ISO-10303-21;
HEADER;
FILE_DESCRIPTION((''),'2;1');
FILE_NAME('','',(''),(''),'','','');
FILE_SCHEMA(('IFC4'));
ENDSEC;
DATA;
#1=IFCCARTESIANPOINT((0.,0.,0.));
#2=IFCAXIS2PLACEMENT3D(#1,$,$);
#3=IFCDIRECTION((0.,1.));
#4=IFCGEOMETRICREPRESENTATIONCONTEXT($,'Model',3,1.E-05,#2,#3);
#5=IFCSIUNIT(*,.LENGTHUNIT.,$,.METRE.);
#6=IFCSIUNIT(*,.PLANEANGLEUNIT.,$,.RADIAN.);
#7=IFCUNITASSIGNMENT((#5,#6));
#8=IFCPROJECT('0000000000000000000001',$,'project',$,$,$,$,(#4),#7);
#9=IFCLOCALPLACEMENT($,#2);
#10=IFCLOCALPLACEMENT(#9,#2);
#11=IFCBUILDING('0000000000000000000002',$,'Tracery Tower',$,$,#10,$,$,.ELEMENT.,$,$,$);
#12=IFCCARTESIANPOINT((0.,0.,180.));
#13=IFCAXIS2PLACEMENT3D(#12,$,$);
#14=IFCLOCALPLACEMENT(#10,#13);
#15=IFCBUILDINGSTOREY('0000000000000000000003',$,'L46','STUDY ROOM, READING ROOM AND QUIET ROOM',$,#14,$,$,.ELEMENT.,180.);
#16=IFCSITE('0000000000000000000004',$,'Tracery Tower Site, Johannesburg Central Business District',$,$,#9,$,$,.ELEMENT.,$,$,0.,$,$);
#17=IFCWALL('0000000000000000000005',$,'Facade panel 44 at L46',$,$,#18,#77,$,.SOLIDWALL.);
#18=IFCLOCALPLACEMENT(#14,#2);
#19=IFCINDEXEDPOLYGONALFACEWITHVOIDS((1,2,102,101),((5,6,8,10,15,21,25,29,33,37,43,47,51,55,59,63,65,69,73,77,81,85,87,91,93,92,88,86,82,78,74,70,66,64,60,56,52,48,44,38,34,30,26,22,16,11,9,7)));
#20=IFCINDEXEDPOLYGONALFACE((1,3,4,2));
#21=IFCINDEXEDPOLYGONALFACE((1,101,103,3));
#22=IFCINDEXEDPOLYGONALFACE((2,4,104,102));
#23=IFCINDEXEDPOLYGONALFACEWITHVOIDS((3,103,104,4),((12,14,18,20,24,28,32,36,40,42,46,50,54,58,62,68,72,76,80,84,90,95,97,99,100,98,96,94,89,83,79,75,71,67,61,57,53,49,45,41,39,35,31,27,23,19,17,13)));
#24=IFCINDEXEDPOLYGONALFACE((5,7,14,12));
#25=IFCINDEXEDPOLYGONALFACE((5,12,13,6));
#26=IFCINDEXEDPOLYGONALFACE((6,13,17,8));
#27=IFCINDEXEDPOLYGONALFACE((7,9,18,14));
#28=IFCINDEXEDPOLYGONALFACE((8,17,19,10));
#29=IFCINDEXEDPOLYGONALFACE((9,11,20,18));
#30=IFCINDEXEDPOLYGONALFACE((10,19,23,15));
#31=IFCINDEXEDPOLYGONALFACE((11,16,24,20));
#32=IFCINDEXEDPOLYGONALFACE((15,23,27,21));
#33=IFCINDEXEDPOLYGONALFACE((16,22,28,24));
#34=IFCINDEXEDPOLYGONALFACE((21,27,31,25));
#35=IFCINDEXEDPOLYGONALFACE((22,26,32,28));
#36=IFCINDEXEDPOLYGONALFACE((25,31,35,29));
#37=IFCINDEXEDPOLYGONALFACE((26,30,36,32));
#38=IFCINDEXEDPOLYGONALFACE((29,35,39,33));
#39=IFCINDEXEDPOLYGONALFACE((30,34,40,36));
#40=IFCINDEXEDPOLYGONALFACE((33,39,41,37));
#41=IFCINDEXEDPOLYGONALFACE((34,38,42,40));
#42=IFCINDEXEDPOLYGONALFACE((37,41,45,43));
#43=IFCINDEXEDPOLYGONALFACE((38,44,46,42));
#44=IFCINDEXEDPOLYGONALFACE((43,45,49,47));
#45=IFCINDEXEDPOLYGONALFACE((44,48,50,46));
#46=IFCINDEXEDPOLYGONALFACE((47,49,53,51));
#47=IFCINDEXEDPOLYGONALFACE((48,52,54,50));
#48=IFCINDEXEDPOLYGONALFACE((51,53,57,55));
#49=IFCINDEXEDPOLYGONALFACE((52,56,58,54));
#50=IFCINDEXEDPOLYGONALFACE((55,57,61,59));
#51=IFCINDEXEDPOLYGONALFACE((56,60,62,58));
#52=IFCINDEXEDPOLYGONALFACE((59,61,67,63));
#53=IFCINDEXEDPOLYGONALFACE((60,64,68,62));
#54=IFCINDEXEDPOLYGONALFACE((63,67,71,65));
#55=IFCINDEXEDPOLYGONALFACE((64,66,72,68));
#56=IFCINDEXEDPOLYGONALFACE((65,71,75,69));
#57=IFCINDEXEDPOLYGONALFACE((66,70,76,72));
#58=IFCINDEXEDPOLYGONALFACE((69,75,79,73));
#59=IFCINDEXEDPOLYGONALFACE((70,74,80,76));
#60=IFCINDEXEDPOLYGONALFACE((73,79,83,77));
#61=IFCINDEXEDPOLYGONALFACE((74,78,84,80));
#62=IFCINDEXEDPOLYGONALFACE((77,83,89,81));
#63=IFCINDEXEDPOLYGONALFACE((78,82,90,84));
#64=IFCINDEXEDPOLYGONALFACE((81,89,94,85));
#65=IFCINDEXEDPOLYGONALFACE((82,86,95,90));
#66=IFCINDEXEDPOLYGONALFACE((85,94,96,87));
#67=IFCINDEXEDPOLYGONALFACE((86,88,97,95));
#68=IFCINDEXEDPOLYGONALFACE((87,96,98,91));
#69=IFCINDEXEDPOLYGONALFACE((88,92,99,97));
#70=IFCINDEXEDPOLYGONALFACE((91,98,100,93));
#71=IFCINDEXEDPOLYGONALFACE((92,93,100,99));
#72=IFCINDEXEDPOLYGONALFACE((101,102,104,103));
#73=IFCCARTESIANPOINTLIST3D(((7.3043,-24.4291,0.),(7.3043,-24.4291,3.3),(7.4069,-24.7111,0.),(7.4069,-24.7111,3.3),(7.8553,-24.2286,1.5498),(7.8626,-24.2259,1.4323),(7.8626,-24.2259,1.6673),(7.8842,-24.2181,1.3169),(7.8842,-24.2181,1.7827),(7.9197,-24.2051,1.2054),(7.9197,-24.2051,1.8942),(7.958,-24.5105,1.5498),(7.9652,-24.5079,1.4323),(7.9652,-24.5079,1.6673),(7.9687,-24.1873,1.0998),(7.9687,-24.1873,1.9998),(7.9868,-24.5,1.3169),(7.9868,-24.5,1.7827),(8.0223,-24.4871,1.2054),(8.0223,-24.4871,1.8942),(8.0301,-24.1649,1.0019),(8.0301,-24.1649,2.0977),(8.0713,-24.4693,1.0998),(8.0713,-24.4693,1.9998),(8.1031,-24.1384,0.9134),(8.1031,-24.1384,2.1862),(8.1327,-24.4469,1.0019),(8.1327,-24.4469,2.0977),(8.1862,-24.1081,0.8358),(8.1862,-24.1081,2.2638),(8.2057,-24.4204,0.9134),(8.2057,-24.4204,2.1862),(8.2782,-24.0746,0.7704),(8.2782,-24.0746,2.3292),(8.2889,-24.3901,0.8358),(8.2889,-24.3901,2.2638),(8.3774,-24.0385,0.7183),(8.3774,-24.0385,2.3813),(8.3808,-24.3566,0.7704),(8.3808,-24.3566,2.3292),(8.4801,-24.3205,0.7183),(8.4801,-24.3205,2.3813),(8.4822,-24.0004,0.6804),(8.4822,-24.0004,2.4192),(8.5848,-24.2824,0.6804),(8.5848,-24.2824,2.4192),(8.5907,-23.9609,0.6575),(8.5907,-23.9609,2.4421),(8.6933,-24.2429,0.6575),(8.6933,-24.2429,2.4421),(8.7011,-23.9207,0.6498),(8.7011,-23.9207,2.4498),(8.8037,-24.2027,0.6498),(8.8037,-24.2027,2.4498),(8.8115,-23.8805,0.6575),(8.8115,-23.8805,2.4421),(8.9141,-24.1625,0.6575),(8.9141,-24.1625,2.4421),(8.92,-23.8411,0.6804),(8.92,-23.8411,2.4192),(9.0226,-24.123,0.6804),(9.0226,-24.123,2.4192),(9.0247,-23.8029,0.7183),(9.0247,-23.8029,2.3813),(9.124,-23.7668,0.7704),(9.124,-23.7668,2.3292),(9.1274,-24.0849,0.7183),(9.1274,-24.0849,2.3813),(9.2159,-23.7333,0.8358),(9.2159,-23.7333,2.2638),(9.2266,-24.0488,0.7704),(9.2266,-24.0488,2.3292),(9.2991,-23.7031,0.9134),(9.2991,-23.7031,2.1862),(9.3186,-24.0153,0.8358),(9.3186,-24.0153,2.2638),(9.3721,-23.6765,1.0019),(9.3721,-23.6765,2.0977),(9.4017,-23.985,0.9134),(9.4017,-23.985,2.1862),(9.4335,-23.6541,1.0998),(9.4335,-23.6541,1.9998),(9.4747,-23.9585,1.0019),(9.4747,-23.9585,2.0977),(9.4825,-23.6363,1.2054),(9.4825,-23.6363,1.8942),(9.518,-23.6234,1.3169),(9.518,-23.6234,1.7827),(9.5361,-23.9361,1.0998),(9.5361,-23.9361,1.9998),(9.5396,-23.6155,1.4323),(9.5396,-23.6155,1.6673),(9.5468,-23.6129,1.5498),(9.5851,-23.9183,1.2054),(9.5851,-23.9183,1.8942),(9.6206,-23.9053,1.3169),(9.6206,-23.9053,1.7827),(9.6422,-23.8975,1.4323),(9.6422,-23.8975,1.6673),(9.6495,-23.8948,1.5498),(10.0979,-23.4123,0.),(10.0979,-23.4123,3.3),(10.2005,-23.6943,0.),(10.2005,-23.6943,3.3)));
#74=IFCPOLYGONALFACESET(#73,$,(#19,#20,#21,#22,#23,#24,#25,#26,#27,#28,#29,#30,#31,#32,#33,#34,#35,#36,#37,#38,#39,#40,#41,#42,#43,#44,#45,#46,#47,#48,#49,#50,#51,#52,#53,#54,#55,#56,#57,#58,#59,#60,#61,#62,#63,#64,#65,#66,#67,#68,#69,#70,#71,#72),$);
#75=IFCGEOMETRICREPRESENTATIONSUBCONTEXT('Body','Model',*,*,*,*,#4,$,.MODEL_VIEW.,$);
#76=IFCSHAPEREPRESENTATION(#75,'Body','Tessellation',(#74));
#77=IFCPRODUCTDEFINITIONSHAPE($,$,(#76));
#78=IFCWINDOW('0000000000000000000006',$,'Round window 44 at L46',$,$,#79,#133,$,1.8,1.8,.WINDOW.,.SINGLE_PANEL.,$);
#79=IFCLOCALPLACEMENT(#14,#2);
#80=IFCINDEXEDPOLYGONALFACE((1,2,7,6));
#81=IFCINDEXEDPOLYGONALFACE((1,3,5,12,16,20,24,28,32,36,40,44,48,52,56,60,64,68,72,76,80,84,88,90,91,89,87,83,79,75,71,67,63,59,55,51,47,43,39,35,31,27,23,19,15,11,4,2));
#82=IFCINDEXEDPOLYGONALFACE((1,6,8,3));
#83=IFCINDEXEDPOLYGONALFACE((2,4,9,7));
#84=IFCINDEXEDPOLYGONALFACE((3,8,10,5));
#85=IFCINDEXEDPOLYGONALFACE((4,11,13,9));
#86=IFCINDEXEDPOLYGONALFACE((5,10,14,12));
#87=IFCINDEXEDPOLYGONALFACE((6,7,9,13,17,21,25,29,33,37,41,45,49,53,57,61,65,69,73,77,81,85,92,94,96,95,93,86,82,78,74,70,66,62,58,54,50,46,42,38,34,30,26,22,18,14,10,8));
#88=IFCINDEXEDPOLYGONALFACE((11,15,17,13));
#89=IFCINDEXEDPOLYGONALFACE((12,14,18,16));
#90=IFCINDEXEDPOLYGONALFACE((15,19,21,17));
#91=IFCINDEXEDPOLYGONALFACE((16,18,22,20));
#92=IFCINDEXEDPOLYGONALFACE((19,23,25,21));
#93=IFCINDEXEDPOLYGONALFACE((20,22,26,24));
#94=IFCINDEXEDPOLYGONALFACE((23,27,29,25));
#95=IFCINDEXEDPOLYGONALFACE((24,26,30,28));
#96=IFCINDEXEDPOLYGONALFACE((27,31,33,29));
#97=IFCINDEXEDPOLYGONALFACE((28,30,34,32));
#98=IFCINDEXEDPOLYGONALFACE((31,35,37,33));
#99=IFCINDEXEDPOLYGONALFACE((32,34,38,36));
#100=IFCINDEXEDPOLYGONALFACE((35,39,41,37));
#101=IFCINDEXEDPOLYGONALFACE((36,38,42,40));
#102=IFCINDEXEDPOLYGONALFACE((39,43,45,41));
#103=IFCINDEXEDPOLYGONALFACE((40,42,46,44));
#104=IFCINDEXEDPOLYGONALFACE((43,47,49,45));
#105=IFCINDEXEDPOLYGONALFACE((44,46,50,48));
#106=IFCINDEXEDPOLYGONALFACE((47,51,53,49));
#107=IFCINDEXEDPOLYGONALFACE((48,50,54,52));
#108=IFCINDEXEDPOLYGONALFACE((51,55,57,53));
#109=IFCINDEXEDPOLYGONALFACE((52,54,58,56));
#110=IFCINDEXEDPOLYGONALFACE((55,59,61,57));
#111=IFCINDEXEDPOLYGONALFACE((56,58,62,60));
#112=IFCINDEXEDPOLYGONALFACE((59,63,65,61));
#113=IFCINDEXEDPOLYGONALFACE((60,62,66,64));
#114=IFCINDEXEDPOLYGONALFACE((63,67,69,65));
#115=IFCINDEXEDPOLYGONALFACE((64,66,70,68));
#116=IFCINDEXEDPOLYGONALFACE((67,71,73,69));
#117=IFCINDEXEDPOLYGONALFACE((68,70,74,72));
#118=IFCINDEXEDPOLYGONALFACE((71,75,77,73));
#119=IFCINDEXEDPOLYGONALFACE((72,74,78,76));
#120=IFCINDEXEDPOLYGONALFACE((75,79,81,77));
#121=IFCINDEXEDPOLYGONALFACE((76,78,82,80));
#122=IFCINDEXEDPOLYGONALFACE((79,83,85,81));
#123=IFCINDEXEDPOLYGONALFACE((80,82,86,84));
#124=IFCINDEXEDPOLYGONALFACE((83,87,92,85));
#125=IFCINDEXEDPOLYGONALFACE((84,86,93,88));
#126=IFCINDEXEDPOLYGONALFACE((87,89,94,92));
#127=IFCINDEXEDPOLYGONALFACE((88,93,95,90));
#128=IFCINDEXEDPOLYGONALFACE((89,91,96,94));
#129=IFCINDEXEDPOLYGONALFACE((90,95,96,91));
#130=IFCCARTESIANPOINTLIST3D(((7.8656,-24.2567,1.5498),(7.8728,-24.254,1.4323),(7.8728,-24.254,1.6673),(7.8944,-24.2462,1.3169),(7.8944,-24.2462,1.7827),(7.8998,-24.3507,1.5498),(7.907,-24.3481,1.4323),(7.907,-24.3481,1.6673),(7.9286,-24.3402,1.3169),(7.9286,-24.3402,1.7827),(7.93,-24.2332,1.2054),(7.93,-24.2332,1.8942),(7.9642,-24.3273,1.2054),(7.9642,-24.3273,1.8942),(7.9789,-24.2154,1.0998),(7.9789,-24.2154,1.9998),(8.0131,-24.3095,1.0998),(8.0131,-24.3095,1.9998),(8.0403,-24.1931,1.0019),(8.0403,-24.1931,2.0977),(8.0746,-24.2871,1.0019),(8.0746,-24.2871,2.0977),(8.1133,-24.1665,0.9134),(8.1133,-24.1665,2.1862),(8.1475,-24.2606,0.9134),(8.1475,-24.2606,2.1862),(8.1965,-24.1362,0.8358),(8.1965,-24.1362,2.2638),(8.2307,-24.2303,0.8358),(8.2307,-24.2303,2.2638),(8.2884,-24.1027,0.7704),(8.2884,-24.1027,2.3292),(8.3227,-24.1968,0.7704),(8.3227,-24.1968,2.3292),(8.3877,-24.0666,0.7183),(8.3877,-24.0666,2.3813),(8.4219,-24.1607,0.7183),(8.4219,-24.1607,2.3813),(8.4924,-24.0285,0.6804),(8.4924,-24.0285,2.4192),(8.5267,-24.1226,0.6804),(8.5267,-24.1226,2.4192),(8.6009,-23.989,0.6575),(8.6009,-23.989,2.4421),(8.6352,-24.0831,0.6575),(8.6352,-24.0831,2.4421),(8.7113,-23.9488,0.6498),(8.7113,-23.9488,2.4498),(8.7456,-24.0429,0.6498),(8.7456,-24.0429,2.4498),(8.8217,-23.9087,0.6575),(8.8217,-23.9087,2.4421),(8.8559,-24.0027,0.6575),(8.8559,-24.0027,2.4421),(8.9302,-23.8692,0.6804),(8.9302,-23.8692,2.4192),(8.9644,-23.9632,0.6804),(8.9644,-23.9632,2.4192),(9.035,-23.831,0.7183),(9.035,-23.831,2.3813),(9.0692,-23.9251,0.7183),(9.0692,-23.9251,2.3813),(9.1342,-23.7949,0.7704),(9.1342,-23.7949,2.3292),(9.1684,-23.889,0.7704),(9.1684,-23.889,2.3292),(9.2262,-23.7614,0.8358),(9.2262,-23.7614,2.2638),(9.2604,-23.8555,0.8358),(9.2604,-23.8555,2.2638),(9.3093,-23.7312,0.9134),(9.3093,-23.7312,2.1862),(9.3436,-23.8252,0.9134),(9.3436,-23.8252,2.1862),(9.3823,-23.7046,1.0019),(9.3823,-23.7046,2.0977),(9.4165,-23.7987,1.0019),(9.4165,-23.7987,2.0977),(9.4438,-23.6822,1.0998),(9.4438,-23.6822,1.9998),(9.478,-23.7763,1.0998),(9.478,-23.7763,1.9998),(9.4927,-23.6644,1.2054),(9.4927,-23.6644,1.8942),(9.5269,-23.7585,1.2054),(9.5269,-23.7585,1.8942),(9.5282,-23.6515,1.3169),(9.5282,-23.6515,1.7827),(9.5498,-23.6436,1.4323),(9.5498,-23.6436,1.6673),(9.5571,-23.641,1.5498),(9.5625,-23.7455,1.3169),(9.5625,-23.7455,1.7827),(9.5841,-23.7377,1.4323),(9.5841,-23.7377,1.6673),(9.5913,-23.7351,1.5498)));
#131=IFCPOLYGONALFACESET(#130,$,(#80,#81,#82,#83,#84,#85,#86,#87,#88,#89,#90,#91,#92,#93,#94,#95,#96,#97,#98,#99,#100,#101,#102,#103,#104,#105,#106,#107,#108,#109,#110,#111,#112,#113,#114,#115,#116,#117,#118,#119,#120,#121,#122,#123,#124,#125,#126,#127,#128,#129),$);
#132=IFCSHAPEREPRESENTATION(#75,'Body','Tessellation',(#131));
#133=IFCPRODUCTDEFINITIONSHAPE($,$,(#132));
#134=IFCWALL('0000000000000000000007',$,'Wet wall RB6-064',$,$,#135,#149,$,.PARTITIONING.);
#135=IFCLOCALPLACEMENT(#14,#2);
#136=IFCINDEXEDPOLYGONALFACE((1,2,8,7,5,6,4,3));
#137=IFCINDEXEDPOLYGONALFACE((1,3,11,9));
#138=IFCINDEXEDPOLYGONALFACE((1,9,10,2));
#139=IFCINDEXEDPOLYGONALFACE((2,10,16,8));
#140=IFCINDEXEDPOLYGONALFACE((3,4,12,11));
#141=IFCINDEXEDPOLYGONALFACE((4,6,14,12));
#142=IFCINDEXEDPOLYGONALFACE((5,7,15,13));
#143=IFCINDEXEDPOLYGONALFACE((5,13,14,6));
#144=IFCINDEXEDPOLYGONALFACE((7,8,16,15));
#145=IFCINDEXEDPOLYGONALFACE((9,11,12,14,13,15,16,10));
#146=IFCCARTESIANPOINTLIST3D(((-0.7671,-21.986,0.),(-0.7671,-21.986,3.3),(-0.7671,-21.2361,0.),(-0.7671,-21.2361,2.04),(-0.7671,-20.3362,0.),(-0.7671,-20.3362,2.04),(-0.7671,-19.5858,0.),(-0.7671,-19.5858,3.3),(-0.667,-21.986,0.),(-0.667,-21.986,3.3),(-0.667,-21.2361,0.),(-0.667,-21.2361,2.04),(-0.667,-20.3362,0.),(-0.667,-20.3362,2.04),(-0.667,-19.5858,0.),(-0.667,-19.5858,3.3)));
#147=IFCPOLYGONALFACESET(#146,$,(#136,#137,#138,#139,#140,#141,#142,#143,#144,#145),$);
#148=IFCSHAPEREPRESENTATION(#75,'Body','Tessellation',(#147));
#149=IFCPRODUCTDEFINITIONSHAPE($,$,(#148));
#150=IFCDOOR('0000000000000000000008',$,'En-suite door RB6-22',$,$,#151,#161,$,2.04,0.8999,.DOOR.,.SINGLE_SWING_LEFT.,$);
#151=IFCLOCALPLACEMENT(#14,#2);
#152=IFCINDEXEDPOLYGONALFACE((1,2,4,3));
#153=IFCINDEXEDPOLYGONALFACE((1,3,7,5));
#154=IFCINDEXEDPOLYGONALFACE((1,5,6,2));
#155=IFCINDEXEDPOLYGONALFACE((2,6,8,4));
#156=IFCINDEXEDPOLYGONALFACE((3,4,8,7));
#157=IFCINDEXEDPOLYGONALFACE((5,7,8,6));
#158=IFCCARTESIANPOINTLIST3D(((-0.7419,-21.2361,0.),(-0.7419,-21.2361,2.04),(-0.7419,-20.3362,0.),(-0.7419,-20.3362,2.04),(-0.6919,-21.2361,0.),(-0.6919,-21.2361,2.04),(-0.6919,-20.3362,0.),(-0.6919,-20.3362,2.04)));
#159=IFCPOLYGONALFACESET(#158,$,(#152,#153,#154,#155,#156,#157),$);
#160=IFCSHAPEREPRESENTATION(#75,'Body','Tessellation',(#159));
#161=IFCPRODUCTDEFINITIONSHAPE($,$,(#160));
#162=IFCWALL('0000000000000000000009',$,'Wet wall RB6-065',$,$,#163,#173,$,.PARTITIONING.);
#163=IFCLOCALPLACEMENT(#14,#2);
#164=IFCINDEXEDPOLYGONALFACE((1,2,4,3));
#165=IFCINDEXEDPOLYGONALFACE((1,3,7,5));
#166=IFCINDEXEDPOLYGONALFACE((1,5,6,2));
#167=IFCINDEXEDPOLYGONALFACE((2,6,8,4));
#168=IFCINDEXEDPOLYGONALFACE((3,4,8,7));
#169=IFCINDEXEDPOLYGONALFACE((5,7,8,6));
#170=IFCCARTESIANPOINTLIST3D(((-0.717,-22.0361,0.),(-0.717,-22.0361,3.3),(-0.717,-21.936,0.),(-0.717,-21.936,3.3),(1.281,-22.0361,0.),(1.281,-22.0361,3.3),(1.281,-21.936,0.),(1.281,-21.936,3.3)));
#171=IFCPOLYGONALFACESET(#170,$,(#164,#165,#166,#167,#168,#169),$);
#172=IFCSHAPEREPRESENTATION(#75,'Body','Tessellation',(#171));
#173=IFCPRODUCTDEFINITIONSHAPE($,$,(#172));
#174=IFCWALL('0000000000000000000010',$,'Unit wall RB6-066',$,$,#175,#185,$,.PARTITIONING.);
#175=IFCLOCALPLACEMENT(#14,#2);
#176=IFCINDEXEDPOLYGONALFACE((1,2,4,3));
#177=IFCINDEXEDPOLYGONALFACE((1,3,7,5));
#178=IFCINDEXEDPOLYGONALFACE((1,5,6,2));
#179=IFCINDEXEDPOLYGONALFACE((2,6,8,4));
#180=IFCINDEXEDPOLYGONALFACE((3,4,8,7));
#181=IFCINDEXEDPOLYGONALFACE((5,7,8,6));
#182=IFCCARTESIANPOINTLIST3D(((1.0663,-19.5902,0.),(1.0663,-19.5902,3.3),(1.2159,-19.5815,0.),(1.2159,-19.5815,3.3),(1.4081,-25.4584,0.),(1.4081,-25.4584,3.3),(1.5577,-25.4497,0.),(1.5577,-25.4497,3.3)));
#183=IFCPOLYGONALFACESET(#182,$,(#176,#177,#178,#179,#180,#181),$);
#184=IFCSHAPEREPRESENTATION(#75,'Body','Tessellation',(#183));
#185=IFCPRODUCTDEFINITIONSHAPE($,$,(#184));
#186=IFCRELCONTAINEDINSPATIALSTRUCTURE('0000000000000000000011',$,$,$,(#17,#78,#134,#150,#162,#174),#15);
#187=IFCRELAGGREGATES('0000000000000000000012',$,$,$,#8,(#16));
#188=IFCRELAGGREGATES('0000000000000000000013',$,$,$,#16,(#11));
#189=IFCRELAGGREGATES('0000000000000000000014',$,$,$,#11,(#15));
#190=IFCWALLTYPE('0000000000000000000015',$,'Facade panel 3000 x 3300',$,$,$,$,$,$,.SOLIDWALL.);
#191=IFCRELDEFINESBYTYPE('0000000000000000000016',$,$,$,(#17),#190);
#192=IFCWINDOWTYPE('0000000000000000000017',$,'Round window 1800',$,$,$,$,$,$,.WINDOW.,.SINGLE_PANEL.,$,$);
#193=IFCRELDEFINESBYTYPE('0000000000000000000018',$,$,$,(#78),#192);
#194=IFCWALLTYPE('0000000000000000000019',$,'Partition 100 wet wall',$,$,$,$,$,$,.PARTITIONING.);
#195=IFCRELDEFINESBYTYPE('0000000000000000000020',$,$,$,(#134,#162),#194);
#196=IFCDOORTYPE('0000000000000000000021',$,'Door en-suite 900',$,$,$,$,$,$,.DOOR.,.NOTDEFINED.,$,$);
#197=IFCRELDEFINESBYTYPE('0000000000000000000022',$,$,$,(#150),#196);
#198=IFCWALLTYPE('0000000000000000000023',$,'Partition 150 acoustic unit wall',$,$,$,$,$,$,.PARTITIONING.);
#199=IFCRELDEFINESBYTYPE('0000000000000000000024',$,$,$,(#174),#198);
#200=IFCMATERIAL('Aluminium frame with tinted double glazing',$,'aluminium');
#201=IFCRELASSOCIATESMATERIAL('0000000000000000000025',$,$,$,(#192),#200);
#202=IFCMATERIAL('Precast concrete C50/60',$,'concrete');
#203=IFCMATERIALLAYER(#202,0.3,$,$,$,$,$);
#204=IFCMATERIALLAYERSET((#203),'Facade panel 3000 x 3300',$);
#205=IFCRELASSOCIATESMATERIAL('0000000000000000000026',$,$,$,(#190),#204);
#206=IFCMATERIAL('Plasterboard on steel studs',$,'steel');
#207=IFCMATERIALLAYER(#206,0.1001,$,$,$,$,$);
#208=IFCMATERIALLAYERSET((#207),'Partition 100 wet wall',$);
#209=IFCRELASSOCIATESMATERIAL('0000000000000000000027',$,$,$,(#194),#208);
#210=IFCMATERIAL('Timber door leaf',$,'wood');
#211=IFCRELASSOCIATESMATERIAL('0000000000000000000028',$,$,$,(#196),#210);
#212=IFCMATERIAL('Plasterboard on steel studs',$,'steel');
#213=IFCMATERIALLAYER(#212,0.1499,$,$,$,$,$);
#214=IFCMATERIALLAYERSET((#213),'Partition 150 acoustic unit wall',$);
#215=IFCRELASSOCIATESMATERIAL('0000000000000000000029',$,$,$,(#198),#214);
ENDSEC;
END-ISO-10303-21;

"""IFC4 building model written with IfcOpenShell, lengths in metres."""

from ifc_helpers import new_model, si_unit, direction, frame, frame_2d, origin, origin_2d, place, context, subcontext, project, spatial, rectangle, circle, extrude, material, layer, layer_set, type_object, element, fill, save


model = new_model("IFC4")

# Units and contexts
model_context = context("Model", 3, precision=1e-05, world=origin(), true_north=direction((0.0, 1.0)))
body_context = subcontext(model_context, "Body", "Model", "MODEL_VIEW")
ifc_project = project(units=[si_unit("LENGTHUNIT", "METRE"), si_unit("PLANEANGLEUNIT", "RADIAN")], contexts=[model_context])

# Site, building, storey
site_placement = place(None, origin())
site = spatial("IfcSite", under=ifc_project, at=site_placement, Name="Tracery Tower Site, Johannesburg Central Business District", CompositionType="ELEMENT", RefElevation=0.0)
building_placement = place(site_placement, origin())
building = spatial("IfcBuilding", under=site, at=building_placement, Name="Tracery Tower", CompositionType="ELEMENT")
storey_placement = place(building_placement, frame((0.0, 0.0, 180.0)))
storey = spatial("IfcBuildingStorey", under=building, at=storey_placement, Name="L46", Description="STUDY ROOM, READING ROOM AND QUIET ROOM", CompositionType="ELEMENT", Elevation=180.0)

# Wall, opening, window
ifc_material_1 = material(Name="Aluminium frame with tinted double glazing", Category="aluminium")
window_type = type_object("IfcWindowType", Name="Round window 1800", PartitioningType="SINGLE_PANEL", PredefinedType="WINDOW", material=ifc_material_1)
ifc_material_2 = material(Name="Precast concrete C50/60", Category="concrete")
ifc_layer_1 = layer(ifc_material_2, 0.3)
ifc_layer_set_1 = layer_set([ifc_layer_1], Name="Facade panel 3000 x 3300")
wall_type_1 = type_object("IfcWallType", Name="Facade panel 3000 x 3300", PredefinedType="SOLIDWALL", material=ifc_layer_set_1)
wall_1_placement = place(storey_placement, frame((7.3557, -24.5701, 0.0), z_axis=(0.0, 0.0, 1.0), x_axis=(0.93969, 0.342027, 0.0)))
wall_1 = element("IfcWall", 1, at=wall_1_placement, inside=storey, type_object=wall_type_1, Name="Facade panel 44 at L46", PredefinedType="SOLIDWALL", context=body_context, shape_type="SweptSolid", body=[
    extrude(rectangle(XDim=2.9729, YDim=0.3, at=frame_2d((1.4863, 0.0))), origin(), (0.0, 0.0, 1.0), 3.3),
])
opening_1_placement = place(wall_1_placement, frame((1.4863, 0.0, 1.5498)))
opening_1 = element("IfcOpeningElement", 2, at=opening_1_placement, cuts=wall_1, PredefinedType="OPENING", context=body_context, shape_type="SweptSolid", body=[
    extrude(circle(Radius=0.9, at=origin_2d()), frame((0.0, 0.1599, 0.0), z_axis=(0.0, -1.0, 0.0), x_axis=(1.0, 0.0, 0.0)), (0.0, 0.0, 1.0), 0.3201),
])
window_1_placement = place(opening_1_placement, origin())
window_1 = element("IfcWindow", 3, at=window_1_placement, inside=storey, type_object=window_type, Name="Round window 44 at L46", OverallHeight=1.8, OverallWidth=1.8, PartitioningType="SINGLE_PANEL", PredefinedType="WINDOW", context=body_context, shape_type="SweptSolid", body=[
    extrude(circle(Radius=0.9, at=origin_2d()), frame((0.0, 0.1201, 0.0), z_axis=(0.0, -1.0, 0.0), x_axis=(1.0, 0.0, 0.0)), (0.0, 0.0, 1.0), 0.1001),
])
fill(opening_1, window_1)

# Wall, opening, door
ifc_material_3 = material(Name="Plasterboard on steel studs", Category="steel")
ifc_layer_2 = layer(ifc_material_3, 0.1001)
ifc_layer_set_2 = layer_set([ifc_layer_2], Name="Partition 100 wet wall")
wall_type_2 = type_object("IfcWallType", Name="Partition 100 wet wall", PredefinedType="PARTITIONING", material=ifc_layer_set_2)
wall_2_placement = place(storey_placement, frame((-0.717, -21.9861, 0.0), z_axis=(0.0, 0.0, 1.0), x_axis=(0.0, 1.0, 0.0)))
wall_2 = element("IfcWall", 4, at=wall_2_placement, inside=storey, type_object=wall_type_2, Name="Wet wall RB6-064", PredefinedType="PARTITIONING", context=body_context, shape_type="SweptSolid", body=[
    extrude(rectangle(XDim=2.4001, YDim=0.1001, at=frame_2d((1.2002, 0.0))), origin(), (0.0, 0.0, 1.0), 3.3),
])
opening_2_placement = place(wall_2_placement, frame((0.75, 0.0, 0.0)))
opening_2 = element("IfcOpeningElement", 5, at=opening_2_placement, cuts=wall_2, PredefinedType="OPENING", context=body_context, shape_type="SweptSolid", body=[
    extrude(rectangle(XDim=0.8999, YDim=2.04, at=frame_2d((0.45, 1.02))), frame((0.0, 0.05, 0.0), z_axis=(0.0, -1.0, 0.0), x_axis=(1.0, 0.0, 0.0)), (0.0, 0.0, 1.0), 0.1001),
])
ifc_material_4 = material(Name="Timber door leaf", Category="wood")
door_type_1 = type_object("IfcDoorType", Name="Door en-suite 900", OperationType="NOTDEFINED", PredefinedType="DOOR", material=ifc_material_4)
door_1_placement = place(opening_2_placement, origin())
door_1 = element("IfcDoor", 6, at=door_1_placement, inside=storey, type_object=door_type_1, Name="En-suite door RB6-22", OperationType="SINGLE_SWING_LEFT", OverallHeight=2.04, OverallWidth=0.8999, PredefinedType="DOOR", context=body_context, shape_type="SweptSolid", body=[
    extrude(rectangle(XDim=0.8999, YDim=2.04, at=frame_2d((0.45, 1.02))), frame((0.0, 0.0249, 0.0), z_axis=(0.0, -1.0, 0.0), x_axis=(1.0, 0.0, 0.0)), (0.0, 0.0, 1.0), 0.05),
])
fill(opening_2, door_1)

# Walls
wall_3_placement = place(storey_placement, frame((-0.717, -21.9861, 0.0), z_axis=(0.0, 0.0, 1.0), x_axis=(1.0, 0.0, 0.0)))
element("IfcWall", 7, at=wall_3_placement, inside=storey, type_object=wall_type_2, Name="Wet wall RB6-065", PredefinedType="PARTITIONING", context=body_context, shape_type="SweptSolid", body=[
    extrude(rectangle(XDim=1.998, YDim=0.1001, at=frame_2d((0.999, 0.0))), origin(), (0.0, 0.0, 1.0), 3.3),
])
ifc_material_5 = material(Name="Plasterboard on steel studs", Category="steel")
ifc_layer_3 = layer(ifc_material_5, 0.1499)
ifc_layer_set_3 = layer_set([ifc_layer_3], Name="Partition 150 acoustic unit wall")
wall_type_3 = type_object("IfcWallType", Name="Partition 150 acoustic unit wall", PredefinedType="PARTITIONING", material=ifc_layer_set_3)
wall_4_placement = place(storey_placement, frame((1.1411, -19.5859, 0.0), z_axis=(0.0, 0.0, 1.0), x_axis=(0.058147, -0.998308, 0.0)))
element("IfcWall", 8, at=wall_4_placement, inside=storey, type_object=wall_type_3, Name="Unit wall RB6-066", PredefinedType="PARTITIONING", context=body_context, shape_type="SweptSolid", body=[
    extrude(rectangle(XDim=5.8782, YDim=0.1499, at=frame_2d((2.939, 0.0))), origin(), (0.0, 0.0, 1.0), 3.3),
])

save(model, "model.ifc")
